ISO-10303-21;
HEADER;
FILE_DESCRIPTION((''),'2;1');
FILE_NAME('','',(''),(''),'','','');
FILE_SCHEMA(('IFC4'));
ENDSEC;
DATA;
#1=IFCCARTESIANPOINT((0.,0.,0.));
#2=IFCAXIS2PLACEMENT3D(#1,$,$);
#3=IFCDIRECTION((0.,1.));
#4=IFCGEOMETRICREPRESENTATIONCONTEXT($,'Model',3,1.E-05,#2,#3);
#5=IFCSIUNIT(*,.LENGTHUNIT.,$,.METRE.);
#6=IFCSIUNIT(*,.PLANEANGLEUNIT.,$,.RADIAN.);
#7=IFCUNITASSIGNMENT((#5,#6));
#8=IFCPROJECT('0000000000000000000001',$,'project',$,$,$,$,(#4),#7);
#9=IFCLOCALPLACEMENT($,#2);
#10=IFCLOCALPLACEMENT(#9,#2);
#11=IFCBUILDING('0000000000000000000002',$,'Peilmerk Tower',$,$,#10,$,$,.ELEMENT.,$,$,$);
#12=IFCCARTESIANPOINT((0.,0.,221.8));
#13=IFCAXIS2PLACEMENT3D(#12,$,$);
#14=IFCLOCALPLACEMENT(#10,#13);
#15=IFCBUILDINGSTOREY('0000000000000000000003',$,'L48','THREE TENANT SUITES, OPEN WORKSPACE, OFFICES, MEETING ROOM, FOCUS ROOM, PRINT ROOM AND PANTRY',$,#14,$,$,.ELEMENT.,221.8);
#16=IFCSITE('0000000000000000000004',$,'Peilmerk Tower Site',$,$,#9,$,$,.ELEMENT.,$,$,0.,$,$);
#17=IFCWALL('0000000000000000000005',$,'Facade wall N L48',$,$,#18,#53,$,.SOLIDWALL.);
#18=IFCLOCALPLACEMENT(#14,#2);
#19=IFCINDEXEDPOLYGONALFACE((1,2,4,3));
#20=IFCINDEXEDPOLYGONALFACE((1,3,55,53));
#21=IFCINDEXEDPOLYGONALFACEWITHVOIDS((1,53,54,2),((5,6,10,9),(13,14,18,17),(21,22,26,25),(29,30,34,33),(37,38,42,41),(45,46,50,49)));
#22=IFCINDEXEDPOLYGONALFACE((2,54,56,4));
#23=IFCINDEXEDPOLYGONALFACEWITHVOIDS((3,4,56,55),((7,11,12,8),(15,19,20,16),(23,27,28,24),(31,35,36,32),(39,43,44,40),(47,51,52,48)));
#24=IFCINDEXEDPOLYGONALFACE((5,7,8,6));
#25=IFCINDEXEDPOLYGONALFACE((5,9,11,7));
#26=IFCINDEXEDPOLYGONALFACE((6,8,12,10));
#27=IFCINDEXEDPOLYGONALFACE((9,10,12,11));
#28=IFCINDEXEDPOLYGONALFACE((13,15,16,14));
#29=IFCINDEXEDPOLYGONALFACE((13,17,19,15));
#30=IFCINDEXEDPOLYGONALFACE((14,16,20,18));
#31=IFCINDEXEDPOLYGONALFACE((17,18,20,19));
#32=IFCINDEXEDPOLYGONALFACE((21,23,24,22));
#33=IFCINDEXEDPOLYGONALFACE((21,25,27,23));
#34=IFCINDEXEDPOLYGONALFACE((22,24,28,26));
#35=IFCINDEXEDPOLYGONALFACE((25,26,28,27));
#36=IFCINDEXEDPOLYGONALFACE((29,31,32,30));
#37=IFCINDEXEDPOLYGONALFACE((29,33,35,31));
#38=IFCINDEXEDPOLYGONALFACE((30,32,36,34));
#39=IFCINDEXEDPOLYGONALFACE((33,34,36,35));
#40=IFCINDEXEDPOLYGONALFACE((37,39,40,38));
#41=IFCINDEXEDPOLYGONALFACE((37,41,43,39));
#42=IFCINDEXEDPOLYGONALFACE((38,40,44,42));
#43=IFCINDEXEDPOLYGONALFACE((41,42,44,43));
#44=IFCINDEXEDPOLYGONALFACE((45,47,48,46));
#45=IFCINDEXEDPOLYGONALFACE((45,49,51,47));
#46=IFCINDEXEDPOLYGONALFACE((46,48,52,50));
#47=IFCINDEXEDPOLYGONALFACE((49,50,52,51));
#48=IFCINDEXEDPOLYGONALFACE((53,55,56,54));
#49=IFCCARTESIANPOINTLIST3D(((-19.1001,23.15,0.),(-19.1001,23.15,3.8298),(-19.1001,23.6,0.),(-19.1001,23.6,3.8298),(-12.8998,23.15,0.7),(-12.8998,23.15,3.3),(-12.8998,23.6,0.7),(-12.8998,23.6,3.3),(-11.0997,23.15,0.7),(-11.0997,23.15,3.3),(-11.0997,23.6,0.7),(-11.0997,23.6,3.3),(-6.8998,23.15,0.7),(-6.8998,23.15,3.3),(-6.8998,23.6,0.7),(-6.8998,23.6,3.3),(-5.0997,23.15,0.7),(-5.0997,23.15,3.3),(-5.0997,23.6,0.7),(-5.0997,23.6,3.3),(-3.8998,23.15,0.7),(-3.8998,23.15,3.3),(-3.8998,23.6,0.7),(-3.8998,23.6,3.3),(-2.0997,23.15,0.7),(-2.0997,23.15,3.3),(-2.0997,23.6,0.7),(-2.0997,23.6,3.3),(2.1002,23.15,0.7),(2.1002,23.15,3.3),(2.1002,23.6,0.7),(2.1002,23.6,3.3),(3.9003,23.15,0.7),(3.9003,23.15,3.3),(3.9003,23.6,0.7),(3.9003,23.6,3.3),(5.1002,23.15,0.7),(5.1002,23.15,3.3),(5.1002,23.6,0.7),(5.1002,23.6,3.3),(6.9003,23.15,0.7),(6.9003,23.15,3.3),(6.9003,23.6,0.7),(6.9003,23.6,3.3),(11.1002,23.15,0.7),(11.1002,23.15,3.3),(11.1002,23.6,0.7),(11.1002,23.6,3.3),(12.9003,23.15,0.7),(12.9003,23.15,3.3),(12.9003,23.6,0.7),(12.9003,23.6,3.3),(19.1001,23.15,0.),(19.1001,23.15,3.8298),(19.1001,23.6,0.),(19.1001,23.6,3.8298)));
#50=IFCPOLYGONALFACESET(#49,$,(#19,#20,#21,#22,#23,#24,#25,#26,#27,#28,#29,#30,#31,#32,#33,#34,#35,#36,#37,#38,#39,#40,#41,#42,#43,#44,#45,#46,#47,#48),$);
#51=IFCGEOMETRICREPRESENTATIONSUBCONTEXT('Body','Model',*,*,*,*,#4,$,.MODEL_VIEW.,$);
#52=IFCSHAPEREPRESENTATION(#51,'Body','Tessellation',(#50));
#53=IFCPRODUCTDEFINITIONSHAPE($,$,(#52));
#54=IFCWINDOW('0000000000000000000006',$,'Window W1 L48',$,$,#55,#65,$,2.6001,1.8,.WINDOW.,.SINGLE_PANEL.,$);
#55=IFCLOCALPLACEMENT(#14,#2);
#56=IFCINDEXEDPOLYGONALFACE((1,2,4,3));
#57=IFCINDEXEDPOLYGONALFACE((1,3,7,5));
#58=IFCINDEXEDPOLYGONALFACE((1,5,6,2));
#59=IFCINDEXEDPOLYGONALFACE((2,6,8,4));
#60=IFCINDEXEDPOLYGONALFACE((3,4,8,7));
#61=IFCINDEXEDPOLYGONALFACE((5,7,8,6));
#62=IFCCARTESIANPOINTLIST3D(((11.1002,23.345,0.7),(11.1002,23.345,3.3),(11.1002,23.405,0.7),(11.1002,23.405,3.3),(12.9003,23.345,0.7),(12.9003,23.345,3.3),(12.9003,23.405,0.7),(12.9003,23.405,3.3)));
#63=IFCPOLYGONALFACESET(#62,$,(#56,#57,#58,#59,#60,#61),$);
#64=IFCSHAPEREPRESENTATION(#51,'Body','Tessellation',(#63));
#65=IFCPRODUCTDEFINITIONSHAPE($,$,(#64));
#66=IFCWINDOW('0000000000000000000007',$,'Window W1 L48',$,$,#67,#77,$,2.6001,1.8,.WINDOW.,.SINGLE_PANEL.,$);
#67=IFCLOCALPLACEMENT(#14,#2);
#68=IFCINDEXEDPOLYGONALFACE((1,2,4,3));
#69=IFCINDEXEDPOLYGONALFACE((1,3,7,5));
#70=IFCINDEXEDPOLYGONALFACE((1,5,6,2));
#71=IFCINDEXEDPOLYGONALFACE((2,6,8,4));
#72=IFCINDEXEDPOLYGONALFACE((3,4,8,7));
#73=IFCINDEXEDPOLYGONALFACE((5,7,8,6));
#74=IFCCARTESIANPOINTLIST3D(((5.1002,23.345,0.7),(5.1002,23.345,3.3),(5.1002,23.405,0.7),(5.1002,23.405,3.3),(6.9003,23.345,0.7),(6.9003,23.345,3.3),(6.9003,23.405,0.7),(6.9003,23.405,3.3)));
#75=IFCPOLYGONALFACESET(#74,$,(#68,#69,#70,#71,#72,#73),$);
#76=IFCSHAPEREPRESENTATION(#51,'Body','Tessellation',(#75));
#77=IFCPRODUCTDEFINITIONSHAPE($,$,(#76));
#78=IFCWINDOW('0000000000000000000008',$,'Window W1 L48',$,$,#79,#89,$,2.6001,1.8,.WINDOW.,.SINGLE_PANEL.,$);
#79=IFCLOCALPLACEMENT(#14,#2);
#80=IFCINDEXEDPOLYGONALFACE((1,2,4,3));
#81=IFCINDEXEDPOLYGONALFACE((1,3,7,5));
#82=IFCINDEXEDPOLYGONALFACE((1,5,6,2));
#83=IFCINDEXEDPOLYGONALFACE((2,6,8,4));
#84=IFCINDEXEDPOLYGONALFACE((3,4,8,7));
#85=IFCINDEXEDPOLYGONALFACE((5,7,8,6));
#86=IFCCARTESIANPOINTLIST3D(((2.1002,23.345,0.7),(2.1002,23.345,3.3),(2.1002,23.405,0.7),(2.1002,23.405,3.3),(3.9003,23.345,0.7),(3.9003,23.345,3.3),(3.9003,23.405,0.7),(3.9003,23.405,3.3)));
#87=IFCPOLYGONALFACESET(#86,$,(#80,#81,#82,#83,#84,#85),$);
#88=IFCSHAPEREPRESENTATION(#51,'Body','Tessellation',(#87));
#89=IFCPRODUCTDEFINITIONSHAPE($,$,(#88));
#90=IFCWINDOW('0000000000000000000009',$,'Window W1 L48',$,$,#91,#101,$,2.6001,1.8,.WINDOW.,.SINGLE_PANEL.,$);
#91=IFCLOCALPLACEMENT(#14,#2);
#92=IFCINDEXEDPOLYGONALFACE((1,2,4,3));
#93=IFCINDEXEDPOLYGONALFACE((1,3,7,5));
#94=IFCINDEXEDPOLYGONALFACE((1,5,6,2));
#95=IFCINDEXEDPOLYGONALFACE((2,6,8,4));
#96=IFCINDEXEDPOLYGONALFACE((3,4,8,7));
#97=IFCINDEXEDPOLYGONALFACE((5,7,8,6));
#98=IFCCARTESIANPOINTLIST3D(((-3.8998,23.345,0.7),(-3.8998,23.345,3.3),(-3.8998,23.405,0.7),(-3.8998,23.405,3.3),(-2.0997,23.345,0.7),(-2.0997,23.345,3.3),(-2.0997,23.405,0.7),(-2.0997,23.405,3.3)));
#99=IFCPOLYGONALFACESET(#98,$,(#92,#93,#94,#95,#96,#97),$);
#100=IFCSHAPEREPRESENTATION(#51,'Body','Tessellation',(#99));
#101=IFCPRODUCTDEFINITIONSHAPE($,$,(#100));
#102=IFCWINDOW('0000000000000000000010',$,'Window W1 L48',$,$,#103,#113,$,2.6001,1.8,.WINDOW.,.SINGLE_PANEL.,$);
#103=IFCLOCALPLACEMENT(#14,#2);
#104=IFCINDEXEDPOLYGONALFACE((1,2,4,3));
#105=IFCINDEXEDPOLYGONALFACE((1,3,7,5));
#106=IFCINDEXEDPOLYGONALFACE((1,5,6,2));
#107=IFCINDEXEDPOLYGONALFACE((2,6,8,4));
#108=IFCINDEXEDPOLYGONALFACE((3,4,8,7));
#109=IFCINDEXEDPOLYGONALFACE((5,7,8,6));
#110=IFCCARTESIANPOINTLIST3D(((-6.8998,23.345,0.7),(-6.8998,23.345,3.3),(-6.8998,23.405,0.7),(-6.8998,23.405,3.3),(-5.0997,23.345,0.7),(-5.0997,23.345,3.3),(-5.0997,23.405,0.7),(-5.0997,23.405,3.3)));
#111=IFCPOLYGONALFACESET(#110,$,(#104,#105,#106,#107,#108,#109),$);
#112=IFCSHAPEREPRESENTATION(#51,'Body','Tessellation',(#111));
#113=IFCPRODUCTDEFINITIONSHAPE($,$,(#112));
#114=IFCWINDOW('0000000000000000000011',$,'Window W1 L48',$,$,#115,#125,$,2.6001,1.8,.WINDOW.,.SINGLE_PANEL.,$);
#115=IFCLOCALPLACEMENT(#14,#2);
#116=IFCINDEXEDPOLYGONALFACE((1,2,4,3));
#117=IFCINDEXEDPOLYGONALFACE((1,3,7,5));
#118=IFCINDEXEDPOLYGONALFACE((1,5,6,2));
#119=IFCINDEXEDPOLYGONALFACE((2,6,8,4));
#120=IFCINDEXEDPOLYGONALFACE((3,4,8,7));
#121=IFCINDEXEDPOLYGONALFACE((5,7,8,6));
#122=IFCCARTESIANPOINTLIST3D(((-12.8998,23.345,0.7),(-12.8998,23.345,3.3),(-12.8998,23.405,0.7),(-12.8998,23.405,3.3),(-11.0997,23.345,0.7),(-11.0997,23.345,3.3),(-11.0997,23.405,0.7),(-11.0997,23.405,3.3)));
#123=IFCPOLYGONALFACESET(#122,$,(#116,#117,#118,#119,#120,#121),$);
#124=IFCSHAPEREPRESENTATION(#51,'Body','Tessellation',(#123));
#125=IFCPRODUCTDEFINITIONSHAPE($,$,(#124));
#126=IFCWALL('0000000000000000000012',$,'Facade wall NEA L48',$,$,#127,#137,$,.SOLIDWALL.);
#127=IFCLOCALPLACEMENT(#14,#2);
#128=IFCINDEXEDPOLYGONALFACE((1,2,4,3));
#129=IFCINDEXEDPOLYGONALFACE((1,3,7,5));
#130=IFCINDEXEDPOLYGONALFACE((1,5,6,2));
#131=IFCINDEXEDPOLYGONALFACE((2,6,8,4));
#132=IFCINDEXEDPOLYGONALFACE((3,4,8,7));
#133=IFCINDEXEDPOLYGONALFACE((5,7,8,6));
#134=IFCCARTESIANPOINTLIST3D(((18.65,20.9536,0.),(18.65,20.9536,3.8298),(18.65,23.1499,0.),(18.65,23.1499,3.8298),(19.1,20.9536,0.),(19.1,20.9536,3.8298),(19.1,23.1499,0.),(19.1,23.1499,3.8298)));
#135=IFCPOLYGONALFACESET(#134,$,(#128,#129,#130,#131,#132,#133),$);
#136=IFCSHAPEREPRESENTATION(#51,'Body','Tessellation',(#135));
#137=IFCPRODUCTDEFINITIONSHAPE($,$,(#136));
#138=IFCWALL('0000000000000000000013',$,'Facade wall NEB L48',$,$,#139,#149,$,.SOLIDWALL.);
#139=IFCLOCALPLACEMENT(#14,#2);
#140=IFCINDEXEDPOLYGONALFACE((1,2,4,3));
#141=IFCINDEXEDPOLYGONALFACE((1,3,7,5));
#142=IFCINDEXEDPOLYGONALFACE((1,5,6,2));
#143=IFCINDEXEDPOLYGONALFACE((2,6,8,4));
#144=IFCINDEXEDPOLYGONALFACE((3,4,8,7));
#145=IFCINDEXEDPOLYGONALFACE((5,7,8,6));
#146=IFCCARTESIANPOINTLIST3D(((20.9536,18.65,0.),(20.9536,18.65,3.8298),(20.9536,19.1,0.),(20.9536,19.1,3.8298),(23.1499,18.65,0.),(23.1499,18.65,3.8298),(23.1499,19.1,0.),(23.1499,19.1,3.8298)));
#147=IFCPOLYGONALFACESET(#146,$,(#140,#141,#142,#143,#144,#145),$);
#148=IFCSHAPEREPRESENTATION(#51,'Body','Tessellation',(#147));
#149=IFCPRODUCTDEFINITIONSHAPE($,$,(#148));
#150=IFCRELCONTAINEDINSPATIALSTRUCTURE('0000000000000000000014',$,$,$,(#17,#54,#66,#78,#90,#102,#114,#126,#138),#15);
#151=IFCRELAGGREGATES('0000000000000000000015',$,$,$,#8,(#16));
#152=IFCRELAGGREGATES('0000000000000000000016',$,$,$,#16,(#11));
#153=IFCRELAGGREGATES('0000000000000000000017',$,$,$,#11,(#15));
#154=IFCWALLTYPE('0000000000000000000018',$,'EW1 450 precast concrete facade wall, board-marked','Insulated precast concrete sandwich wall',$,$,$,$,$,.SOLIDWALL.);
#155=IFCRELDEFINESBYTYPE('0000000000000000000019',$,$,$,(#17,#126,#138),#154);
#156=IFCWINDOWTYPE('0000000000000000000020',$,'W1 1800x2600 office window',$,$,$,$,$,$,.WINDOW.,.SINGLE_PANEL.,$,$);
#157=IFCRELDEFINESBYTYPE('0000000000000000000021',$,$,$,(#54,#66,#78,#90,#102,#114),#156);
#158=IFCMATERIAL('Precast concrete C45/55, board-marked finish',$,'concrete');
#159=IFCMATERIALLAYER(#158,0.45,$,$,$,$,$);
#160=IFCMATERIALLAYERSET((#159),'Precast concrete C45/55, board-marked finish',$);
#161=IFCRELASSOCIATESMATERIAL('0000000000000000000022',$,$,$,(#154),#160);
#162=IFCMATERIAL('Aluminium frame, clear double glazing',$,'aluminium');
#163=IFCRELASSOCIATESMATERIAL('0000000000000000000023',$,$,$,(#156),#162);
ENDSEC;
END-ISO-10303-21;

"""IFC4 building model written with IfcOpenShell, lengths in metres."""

from ifc_helpers import new_model, si_unit, direction, frame, frame_2d, origin, place, context, subcontext, project, spatial, rectangle, extrude, material, layer, layer_set, type_object, element, fill, save


model = new_model("IFC4")

# Units and contexts
model_context = context("Model", 3, precision=1e-05, world=origin(), true_north=direction((0.0, 1.0)))
body_context = subcontext(model_context, "Body", "Model", "MODEL_VIEW")
ifc_project = project(units=[si_unit("LENGTHUNIT", "METRE"), si_unit("PLANEANGLEUNIT", "RADIAN")], contexts=[model_context])

# Site, building, storey
site_placement = place(None, origin())
site = spatial("IfcSite", under=ifc_project, at=site_placement, Name="Peilmerk Tower Site", CompositionType="ELEMENT", RefElevation=0.0)
building_placement = place(site_placement, origin())
building = spatial("IfcBuilding", under=site, at=building_placement, Name="Peilmerk Tower", CompositionType="ELEMENT")
storey_placement = place(building_placement, frame((0.0, 0.0, 221.8)))
storey = spatial("IfcBuildingStorey", under=building, at=storey_placement, Name="L48", Description="THREE TENANT SUITES, OPEN WORKSPACE, OFFICES, MEETING ROOM, FOCUS ROOM, PRINT ROOM AND PANTRY", CompositionType="ELEMENT", Elevation=221.8)

# Wall, openings, windows
ifc_material_1 = material(Name="Precast concrete C45/55, board-marked finish", Category="concrete")
ifc_layer_1 = layer(ifc_material_1, 0.45)
ifc_layer_set_1 = layer_set([ifc_layer_1], Name="Precast concrete C45/55, board-marked finish")
wall_type = type_object("IfcWallType", Name="EW1 450 precast concrete facade wall, board-marked", Description="Insulated precast concrete sandwich wall", PredefinedType="SOLIDWALL", material=ifc_layer_set_1)
wall_placement = place(storey_placement, frame((19.1001, 23.375, 0.0), z_axis=(0.0, 0.0, 1.0), x_axis=(-1.0, 0.0, 0.0)))
wall = element("IfcWall", 1, at=wall_placement, inside=storey, type_object=wall_type, Name="Facade wall N L48", PredefinedType="SOLIDWALL", context=body_context, shape_type="SweptSolid", body=[
    extrude(rectangle(XDim=38.2002, YDim=0.45, at=frame_2d((19.1001, 0.0))), origin(), (0.0, 0.0, 1.0), 3.8298),
])
opening_1_placement = place(wall_placement, frame((6.2, 0.0, 0.7)))
opening_1 = element("IfcOpeningElement", 2, at=opening_1_placement, cuts=wall, PredefinedType="OPENING", context=body_context, shape_type="SweptSolid", body=[
    extrude(rectangle(XDim=1.8, YDim=2.6001, at=frame_2d((0.8999, 1.3))), frame((0.0, 0.2349, 0.0), z_axis=(0.0, -1.0, 0.0), x_axis=(1.0, 0.0, 0.0)), (0.0, 0.0, 1.0), 0.47),
])
opening_2_placement = place(wall_placement, frame((12.2, 0.0, 0.7)))
opening_2 = element("IfcOpeningElement", 3, at=opening_2_placement, cuts=wall, PredefinedType="OPENING", context=body_context, shape_type="SweptSolid", body=[
    extrude(rectangle(XDim=1.8, YDim=2.6001, at=frame_2d((0.8999, 1.3))), frame((0.0, 0.2349, 0.0), z_axis=(0.0, -1.0, 0.0), x_axis=(1.0, 0.0, 0.0)), (0.0, 0.0, 1.0), 0.47),
])
opening_3_placement = place(wall_placement, frame((15.2, 0.0, 0.7)))
opening_3 = element("IfcOpeningElement", 4, at=opening_3_placement, cuts=wall, PredefinedType="OPENING", context=body_context, shape_type="SweptSolid", body=[
    extrude(rectangle(XDim=1.8, YDim=2.6001, at=frame_2d((0.8999, 1.3))), frame((0.0, 0.2349, 0.0), z_axis=(0.0, -1.0, 0.0), x_axis=(1.0, 0.0, 0.0)), (0.0, 0.0, 1.0), 0.47),
])
opening_4_placement = place(wall_placement, frame((21.2, 0.0, 0.7)))
opening_4 = element("IfcOpeningElement", 5, at=opening_4_placement, cuts=wall, PredefinedType="OPENING", context=body_context, shape_type="SweptSolid", body=[
    extrude(rectangle(XDim=1.8, YDim=2.6001, at=frame_2d((0.8999, 1.3))), frame((0.0, 0.2349, 0.0), z_axis=(0.0, -1.0, 0.0), x_axis=(1.0, 0.0, 0.0)), (0.0, 0.0, 1.0), 0.47),
])
opening_5_placement = place(wall_placement, frame((24.2, 0.0, 0.7)))
opening_5 = element("IfcOpeningElement", 6, at=opening_5_placement, cuts=wall, PredefinedType="OPENING", context=body_context, shape_type="SweptSolid", body=[
    extrude(rectangle(XDim=1.8, YDim=2.6001, at=frame_2d((0.8999, 1.3))), frame((0.0, 0.2349, 0.0), z_axis=(0.0, -1.0, 0.0), x_axis=(1.0, 0.0, 0.0)), (0.0, 0.0, 1.0), 0.47),
])
opening_6_placement = place(wall_placement, frame((30.2, 0.0, 0.7)))
opening_6 = element("IfcOpeningElement", 7, at=opening_6_placement, cuts=wall, PredefinedType="OPENING", context=body_context, shape_type="SweptSolid", body=[
    extrude(rectangle(XDim=1.8, YDim=2.6001, at=frame_2d((0.8999, 1.3))), frame((0.0, 0.2349, 0.0), z_axis=(0.0, -1.0, 0.0), x_axis=(1.0, 0.0, 0.0)), (0.0, 0.0, 1.0), 0.47),
])
ifc_material_2 = material(Name="Aluminium frame, clear double glazing", Category="aluminium")
window_type = type_object("IfcWindowType", Name="W1 1800x2600 office window", PartitioningType="SINGLE_PANEL", PredefinedType="WINDOW", material=ifc_material_2)
window_1_placement = place(opening_1_placement, origin())
window_1 = element("IfcWindow", 8, at=window_1_placement, inside=storey, type_object=window_type, Name="Window W1 L48", OverallHeight=2.6001, OverallWidth=1.8, PartitioningType="SINGLE_PANEL", PredefinedType="WINDOW", context=body_context, shape_type="SweptSolid", body=[
    extrude(rectangle(XDim=1.8, YDim=2.6001, at=frame_2d((0.8999, 1.3))), frame((0.0, 0.03, 0.0), z_axis=(0.0, -1.0, 0.0), x_axis=(1.0, 0.0, 0.0)), (0.0, 0.0, 1.0), 0.0601),
])
fill(opening_1, window_1)
window_2_placement = place(opening_2_placement, origin())
window_2 = element("IfcWindow", 9, at=window_2_placement, inside=storey, type_object=window_type, Name="Window W1 L48", OverallHeight=2.6001, OverallWidth=1.8, PartitioningType="SINGLE_PANEL", PredefinedType="WINDOW", context=body_context, shape_type="SweptSolid", body=[
    extrude(rectangle(XDim=1.8, YDim=2.6001, at=frame_2d((0.8999, 1.3))), frame((0.0, 0.03, 0.0), z_axis=(0.0, -1.0, 0.0), x_axis=(1.0, 0.0, 0.0)), (0.0, 0.0, 1.0), 0.0601),
])
fill(opening_2, window_2)
window_3_placement = place(opening_3_placement, origin())
window_3 = element("IfcWindow", 10, at=window_3_placement, inside=storey, type_object=window_type, Name="Window W1 L48", OverallHeight=2.6001, OverallWidth=1.8, PartitioningType="SINGLE_PANEL", PredefinedType="WINDOW", context=body_context, shape_type="SweptSolid", body=[
    extrude(rectangle(XDim=1.8, YDim=2.6001, at=frame_2d((0.8999, 1.3))), frame((0.0, 0.03, 0.0), z_axis=(0.0, -1.0, 0.0), x_axis=(1.0, 0.0, 0.0)), (0.0, 0.0, 1.0), 0.0601),
])
fill(opening_3, window_3)
window_4_placement = place(opening_4_placement, origin())
window_4 = element("IfcWindow", 11, at=window_4_placement, inside=storey, type_object=window_type, Name="Window W1 L48", OverallHeight=2.6001, OverallWidth=1.8, PartitioningType="SINGLE_PANEL", PredefinedType="WINDOW", context=body_context, shape_type="SweptSolid", body=[
    extrude(rectangle(XDim=1.8, YDim=2.6001, at=frame_2d((0.8999, 1.3))), frame((0.0, 0.03, 0.0), z_axis=(0.0, -1.0, 0.0), x_axis=(1.0, 0.0, 0.0)), (0.0, 0.0, 1.0), 0.0601),
])
fill(opening_4, window_4)
window_5_placement = place(opening_5_placement, origin())
window_5 = element("IfcWindow", 12, at=window_5_placement, inside=storey, type_object=window_type, Name="Window W1 L48", OverallHeight=2.6001, OverallWidth=1.8, PartitioningType="SINGLE_PANEL", PredefinedType="WINDOW", context=body_context, shape_type="SweptSolid", body=[
    extrude(rectangle(XDim=1.8, YDim=2.6001, at=frame_2d((0.8999, 1.3))), frame((0.0, 0.03, 0.0), z_axis=(0.0, -1.0, 0.0), x_axis=(1.0, 0.0, 0.0)), (0.0, 0.0, 1.0), 0.0601),
])
fill(opening_5, window_5)
window_6_placement = place(opening_6_placement, origin())
window_6 = element("IfcWindow", 13, at=window_6_placement, inside=storey, type_object=window_type, Name="Window W1 L48", OverallHeight=2.6001, OverallWidth=1.8, PartitioningType="SINGLE_PANEL", PredefinedType="WINDOW", context=body_context, shape_type="SweptSolid", body=[
    extrude(rectangle(XDim=1.8, YDim=2.6001, at=frame_2d((0.8999, 1.3))), frame((0.0, 0.03, 0.0), z_axis=(0.0, -1.0, 0.0), x_axis=(1.0, 0.0, 0.0)), (0.0, 0.0, 1.0), 0.0601),
])
fill(opening_6, window_6)

# Walls
for number, where, z_axis, x_axis, name in (
    (14, (18.875, 20.9536, 0.0), (0.0, 0.0, 1.0), (0.0, 1.0, 0.0), "Facade wall NEA L48"),
    (15, (20.9536, 18.875, 0.0), (0.0, 0.0, 1.0), (1.0, 0.0, 0.0), "Facade wall NEB L48"),
):
    element("IfcWall", number, at=place(storey_placement, frame(where, z_axis=z_axis, x_axis=x_axis)), inside=storey, type_object=wall_type, Name=name, PredefinedType="SOLIDWALL", context=body_context, shape_type="SweptSolid", body=[
        extrude(rectangle(XDim=2.1963, YDim=0.45, at=frame_2d((1.0981, 0.0))), origin(), (0.0, 0.0, 1.0), 3.8298),
    ])

save(model, "model.ifc")
